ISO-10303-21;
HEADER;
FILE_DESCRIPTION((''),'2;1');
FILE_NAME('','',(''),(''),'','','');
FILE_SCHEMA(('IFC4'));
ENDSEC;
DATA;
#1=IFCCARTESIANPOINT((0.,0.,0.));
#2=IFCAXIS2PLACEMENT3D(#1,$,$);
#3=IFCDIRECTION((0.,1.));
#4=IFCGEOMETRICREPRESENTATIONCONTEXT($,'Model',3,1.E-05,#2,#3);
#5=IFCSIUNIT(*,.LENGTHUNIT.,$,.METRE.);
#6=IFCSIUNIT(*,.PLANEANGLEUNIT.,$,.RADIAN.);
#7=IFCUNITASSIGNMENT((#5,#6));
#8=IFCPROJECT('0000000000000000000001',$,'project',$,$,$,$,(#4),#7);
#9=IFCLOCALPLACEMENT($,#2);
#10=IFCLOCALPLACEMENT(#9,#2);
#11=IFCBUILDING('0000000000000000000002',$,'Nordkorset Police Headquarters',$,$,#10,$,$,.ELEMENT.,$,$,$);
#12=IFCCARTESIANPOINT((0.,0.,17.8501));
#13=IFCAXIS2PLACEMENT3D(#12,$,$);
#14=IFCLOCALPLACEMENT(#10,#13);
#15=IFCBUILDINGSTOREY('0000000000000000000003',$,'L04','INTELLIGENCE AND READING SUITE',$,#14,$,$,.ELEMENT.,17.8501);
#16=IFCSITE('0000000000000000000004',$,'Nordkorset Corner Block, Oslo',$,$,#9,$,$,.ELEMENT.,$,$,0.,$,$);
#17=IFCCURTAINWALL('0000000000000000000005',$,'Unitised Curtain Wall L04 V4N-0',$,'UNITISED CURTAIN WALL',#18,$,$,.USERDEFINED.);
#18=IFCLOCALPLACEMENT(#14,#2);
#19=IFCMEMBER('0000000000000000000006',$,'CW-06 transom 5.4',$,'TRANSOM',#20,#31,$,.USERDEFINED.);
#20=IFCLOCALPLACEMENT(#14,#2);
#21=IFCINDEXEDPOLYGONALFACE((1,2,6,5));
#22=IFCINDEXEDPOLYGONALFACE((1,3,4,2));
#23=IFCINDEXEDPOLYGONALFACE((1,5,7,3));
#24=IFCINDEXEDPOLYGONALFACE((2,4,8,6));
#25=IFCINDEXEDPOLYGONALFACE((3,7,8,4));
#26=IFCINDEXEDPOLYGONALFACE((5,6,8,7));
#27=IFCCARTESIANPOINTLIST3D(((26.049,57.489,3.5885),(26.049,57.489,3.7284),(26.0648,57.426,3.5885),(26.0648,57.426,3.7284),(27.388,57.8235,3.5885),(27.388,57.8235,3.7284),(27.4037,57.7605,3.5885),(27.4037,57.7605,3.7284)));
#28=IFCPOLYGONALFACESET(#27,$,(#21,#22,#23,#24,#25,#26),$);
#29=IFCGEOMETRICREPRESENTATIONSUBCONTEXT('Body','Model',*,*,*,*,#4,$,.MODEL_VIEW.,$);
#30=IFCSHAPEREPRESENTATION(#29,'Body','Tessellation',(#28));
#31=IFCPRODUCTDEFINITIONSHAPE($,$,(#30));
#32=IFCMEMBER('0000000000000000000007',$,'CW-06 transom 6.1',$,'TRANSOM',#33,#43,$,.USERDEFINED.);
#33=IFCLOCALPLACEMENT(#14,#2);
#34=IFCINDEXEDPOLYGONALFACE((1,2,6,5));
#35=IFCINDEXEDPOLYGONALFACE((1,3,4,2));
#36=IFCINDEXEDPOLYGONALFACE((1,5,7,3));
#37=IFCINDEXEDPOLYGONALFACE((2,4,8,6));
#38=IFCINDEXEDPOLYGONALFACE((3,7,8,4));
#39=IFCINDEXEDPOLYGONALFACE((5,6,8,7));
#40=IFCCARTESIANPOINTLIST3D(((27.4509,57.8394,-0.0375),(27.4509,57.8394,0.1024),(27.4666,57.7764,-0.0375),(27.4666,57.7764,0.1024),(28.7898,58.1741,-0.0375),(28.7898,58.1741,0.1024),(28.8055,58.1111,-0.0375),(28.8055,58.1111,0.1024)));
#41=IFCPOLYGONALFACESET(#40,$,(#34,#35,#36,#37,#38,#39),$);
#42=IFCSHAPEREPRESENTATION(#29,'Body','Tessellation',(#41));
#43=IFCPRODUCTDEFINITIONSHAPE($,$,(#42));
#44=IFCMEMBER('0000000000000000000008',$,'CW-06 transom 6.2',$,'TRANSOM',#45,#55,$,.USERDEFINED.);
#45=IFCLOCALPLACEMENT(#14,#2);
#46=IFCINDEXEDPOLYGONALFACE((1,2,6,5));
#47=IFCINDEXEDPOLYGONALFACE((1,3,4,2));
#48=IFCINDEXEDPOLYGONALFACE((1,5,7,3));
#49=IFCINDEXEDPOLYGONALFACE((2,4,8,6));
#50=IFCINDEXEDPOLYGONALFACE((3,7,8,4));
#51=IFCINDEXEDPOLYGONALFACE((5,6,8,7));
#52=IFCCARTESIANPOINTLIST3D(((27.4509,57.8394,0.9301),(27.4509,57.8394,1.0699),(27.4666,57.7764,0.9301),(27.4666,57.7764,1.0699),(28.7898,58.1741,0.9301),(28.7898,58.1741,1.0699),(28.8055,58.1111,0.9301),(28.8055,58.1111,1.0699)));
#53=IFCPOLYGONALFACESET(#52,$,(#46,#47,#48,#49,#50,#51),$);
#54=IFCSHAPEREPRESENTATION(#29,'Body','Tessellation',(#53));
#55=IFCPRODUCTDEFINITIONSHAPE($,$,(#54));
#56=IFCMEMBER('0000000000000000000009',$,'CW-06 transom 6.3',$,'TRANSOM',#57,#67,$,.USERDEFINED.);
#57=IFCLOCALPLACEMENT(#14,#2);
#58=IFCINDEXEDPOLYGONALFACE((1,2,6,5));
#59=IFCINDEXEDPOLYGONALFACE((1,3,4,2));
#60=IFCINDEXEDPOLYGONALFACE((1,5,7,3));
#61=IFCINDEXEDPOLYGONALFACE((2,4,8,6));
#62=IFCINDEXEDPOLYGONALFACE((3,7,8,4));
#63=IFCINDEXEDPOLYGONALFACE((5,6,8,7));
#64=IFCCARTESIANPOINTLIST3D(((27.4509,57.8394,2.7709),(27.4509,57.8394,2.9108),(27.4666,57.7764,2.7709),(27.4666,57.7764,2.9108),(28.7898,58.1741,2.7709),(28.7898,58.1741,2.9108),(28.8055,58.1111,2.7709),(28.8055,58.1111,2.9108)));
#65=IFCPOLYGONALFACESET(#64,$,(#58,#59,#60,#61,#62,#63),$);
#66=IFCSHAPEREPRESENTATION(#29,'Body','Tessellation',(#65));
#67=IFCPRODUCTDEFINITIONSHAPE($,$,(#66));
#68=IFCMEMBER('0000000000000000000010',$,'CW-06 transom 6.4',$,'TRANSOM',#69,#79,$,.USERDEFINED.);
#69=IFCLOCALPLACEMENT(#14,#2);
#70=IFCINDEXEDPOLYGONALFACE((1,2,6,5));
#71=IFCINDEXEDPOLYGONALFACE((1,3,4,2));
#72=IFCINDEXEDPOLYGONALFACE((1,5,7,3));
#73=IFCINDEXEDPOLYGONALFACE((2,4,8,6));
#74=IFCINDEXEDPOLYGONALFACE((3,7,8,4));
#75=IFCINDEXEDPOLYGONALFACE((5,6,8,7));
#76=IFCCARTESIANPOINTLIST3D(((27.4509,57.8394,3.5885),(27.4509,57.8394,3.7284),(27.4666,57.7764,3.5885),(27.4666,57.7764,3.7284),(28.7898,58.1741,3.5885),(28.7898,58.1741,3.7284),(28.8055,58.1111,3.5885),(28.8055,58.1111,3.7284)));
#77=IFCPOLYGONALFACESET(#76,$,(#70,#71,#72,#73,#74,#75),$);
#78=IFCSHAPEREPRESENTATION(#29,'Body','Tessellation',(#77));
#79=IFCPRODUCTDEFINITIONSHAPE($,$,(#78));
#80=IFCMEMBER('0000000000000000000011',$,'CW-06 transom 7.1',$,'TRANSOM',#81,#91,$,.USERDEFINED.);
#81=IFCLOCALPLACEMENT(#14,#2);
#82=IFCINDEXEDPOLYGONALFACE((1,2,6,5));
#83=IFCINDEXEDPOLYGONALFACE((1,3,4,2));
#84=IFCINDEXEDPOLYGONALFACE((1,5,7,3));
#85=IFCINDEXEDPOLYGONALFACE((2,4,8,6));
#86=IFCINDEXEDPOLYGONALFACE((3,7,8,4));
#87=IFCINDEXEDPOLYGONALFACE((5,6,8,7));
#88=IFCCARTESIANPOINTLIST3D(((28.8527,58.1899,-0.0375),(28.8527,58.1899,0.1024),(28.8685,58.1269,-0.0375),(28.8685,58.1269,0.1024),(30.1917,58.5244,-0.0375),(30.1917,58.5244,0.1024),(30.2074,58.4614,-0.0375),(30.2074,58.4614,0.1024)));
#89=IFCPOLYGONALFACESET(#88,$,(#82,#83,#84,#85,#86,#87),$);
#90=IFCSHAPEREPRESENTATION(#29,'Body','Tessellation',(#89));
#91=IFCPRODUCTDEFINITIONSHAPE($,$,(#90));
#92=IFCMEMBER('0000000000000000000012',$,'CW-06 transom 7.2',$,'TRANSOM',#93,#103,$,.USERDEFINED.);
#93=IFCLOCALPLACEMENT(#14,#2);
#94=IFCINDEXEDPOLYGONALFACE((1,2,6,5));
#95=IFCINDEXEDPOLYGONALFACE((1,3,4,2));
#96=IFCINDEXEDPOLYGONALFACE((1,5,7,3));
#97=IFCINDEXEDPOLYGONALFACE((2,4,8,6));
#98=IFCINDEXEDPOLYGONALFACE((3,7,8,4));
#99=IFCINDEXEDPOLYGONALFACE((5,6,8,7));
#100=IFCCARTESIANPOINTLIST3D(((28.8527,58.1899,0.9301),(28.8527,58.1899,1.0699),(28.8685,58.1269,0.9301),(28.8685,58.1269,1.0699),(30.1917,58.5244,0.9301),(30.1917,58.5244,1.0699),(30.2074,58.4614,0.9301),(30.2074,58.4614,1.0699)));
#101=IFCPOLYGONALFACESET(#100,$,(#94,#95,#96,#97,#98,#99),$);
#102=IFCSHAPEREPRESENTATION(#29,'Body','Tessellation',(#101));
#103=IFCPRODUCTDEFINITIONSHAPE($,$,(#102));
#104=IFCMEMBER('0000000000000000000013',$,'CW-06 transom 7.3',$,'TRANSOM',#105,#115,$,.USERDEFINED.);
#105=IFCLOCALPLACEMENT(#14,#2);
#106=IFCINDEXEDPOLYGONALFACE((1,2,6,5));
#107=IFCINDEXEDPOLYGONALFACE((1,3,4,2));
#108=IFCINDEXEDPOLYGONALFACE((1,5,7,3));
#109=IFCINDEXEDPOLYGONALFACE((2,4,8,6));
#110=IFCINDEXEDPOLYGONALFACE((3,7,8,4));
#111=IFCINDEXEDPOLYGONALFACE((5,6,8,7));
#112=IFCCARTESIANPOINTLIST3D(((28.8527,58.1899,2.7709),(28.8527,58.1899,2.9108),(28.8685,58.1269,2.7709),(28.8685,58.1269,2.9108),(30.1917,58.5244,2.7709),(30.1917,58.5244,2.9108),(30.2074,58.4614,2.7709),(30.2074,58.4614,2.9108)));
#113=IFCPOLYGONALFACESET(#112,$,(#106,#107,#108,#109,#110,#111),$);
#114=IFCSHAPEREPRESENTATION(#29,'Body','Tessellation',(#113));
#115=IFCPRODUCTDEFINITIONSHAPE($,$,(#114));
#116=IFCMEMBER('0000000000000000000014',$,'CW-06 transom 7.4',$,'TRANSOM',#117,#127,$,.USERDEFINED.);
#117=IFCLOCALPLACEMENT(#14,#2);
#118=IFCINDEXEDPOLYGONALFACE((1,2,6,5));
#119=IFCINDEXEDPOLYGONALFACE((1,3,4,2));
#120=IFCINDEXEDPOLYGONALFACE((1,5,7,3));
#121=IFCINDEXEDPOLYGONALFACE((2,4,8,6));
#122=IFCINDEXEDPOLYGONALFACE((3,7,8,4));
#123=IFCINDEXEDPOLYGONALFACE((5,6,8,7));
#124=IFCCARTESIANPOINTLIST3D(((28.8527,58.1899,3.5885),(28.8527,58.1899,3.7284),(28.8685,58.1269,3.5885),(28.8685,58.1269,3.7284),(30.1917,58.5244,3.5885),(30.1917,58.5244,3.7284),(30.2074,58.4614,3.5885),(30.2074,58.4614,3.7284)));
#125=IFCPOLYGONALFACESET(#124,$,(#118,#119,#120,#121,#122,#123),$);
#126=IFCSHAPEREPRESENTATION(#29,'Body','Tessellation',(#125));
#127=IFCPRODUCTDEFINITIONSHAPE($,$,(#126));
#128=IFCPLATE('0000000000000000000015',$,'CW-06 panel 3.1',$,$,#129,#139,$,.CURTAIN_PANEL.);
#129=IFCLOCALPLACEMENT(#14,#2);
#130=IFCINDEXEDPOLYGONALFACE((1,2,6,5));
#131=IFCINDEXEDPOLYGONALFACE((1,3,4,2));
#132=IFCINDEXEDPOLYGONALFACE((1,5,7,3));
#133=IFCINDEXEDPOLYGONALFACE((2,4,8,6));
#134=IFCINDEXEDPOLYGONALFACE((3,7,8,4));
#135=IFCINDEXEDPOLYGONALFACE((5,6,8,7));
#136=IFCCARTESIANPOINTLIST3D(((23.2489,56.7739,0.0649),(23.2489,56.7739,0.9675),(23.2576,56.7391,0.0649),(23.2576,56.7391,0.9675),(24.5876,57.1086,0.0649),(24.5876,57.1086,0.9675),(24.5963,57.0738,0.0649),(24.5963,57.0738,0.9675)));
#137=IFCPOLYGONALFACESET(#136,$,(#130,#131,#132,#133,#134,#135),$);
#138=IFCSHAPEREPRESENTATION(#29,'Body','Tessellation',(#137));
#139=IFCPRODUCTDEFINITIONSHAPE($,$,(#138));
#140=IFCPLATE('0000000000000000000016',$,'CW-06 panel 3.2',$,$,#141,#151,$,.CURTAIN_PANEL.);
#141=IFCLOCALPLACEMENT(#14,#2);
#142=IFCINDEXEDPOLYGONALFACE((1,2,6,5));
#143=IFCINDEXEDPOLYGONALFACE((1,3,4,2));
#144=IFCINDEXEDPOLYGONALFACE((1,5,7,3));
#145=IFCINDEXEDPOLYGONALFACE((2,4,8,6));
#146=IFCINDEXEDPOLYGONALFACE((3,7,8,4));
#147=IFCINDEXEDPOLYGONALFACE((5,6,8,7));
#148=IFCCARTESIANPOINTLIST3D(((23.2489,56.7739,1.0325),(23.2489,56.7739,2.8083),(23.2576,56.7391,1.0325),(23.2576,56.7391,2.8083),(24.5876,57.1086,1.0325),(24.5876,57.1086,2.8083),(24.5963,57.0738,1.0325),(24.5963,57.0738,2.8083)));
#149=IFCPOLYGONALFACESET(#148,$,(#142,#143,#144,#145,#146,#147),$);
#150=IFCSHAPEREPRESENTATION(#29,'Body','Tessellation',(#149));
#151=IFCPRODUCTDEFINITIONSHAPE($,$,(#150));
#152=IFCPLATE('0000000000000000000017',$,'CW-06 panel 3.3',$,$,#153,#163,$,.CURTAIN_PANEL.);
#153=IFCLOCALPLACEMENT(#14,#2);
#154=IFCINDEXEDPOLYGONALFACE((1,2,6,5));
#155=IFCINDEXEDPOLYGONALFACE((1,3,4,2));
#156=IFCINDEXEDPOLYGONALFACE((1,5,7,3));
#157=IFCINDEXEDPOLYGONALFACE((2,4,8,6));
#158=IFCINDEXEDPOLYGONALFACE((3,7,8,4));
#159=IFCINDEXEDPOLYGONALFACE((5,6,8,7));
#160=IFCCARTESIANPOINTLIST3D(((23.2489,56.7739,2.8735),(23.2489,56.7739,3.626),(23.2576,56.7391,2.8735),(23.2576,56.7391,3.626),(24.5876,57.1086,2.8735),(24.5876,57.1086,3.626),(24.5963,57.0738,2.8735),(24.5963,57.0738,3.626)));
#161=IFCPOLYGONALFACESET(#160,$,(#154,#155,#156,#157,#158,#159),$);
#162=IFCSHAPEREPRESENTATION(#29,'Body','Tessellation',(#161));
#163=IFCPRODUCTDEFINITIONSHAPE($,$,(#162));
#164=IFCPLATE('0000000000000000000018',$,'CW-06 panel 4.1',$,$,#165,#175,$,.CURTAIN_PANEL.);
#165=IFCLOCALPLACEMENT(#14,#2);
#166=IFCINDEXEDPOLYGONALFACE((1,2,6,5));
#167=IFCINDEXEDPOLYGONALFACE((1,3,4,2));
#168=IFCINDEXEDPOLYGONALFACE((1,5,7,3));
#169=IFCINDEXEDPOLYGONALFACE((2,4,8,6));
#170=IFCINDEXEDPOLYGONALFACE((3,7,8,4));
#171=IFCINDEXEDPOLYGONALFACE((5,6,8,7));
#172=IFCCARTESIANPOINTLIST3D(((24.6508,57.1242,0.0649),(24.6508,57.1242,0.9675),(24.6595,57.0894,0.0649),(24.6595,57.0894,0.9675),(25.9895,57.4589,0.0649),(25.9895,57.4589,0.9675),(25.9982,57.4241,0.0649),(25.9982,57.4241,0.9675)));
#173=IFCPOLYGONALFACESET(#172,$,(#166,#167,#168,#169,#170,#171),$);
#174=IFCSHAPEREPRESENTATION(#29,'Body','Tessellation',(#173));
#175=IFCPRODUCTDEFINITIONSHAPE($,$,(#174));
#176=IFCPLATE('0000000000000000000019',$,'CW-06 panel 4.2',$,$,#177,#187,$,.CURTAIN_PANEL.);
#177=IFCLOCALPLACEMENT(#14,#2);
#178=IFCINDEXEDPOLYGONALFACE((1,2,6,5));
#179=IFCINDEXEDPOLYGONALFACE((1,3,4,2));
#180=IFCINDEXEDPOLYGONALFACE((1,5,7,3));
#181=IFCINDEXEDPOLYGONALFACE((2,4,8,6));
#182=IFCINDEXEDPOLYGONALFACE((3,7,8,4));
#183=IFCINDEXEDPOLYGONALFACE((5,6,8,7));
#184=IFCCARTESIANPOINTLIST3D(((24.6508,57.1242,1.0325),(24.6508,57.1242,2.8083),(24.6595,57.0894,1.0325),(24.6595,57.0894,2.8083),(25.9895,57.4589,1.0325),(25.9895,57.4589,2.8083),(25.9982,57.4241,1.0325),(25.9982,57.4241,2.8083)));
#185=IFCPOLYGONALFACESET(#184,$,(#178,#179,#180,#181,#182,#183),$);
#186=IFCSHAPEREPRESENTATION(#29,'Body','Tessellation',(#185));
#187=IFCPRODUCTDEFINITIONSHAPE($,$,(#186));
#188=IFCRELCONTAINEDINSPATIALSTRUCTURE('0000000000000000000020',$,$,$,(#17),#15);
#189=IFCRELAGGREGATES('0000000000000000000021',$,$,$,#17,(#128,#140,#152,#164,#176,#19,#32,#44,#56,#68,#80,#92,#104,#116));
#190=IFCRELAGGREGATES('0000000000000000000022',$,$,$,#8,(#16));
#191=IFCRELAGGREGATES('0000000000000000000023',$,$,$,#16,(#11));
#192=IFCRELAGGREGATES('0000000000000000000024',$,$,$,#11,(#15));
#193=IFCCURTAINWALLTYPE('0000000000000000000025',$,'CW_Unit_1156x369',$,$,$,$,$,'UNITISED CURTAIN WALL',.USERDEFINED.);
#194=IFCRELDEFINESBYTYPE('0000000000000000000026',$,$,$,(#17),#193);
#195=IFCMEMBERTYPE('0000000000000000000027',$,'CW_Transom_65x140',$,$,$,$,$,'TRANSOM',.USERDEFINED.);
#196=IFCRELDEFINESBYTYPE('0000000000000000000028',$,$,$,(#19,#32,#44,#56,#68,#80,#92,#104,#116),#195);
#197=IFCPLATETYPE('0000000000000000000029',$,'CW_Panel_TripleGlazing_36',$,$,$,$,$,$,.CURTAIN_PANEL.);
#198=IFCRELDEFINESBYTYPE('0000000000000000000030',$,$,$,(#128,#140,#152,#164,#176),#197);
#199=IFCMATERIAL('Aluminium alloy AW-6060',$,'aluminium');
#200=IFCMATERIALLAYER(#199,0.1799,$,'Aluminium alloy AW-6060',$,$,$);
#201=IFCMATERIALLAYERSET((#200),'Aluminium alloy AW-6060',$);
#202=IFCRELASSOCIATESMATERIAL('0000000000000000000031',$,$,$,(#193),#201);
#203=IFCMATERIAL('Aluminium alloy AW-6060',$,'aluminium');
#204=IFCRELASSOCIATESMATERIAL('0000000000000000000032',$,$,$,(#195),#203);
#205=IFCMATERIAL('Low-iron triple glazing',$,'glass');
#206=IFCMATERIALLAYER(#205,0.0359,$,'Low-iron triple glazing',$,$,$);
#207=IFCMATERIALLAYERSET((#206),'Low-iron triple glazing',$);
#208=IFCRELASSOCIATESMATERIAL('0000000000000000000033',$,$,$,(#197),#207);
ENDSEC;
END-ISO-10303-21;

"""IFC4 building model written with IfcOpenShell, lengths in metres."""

from ifc_helpers import new_model, si_unit, direction, frame, origin, origin_2d, place, context, subcontext, project, spatial, rectangle, extrude, material, layer, layer_set, material_profile, profile_set, type_object, element, aggregate, save


model = new_model("IFC4")

# Units and contexts
model_context = context("Model", 3, precision=1e-05, world=origin(), true_north=direction((0.0, 1.0)))
body_context = subcontext(model_context, "Body", "Model", "MODEL_VIEW")
ifc_project = project(units=[si_unit("LENGTHUNIT", "METRE"), si_unit("PLANEANGLEUNIT", "RADIAN")], contexts=[model_context])

# Site, building, storey
site_placement = place(None, origin())
site = spatial("IfcSite", under=ifc_project, at=site_placement, Name="Nordkorset Corner Block, Oslo", CompositionType="ELEMENT", RefElevation=0.0)
building_placement = place(site_placement, origin())
building = spatial("IfcBuilding", under=site, at=building_placement, Name="Nordkorset Police Headquarters", CompositionType="ELEMENT")
storey_placement = place(building_placement, frame((0.0, 0.0, 17.8501)))
storey = spatial("IfcBuildingStorey", under=building, at=storey_placement, Name="L04", Description="INTELLIGENCE AND READING SUITE", CompositionType="ELEMENT", Elevation=17.8501)

# Curtain wall, members, plates
ifc_material_1 = material(Name="Aluminium alloy AW-6060", Category="aluminium")
ifc_layer_1 = layer(ifc_material_1, 0.1799, Name="Aluminium alloy AW-6060")
ifc_layer_set_1 = layer_set([ifc_layer_1], Name="Aluminium alloy AW-6060")
curtain_wall_type = type_object("IfcCurtainWallType", Name="CW_Unit_1156x369", ElementType="UNITISED CURTAIN WALL", PredefinedType="USERDEFINED", material=ifc_layer_set_1)
curtain_wall_placement = place(storey_placement, origin())
curtain_wall = element("IfcCurtainWall", 1, at=curtain_wall_placement, inside=storey, type_object=curtain_wall_type, Name="Unitised Curtain Wall L04 V4N-0", ObjectType="UNITISED CURTAIN WALL", PredefinedType="USERDEFINED")
ifc_material_2 = material(Name="Aluminium alloy AW-6060", Category="aluminium")
ifc_material_profile_1 = material_profile(ifc_material_2, rectangle(XDim=0.0649, YDim=0.1399, at=origin_2d()), Name="ALU TRAN 65x140")
ifc_profile_set_1 = profile_set([ifc_material_profile_1], Name="Aluminium alloy AW-6060")
member_type_1 = type_object("IfcMemberType", Name="CW_Transom_65x140", ElementType="TRANSOM", PredefinedType="USERDEFINED", material=ifc_profile_set_1)
member_1_placement = place(storey_placement, frame((26.0569, 57.4575, 3.6584), z_axis=(0.970184, 0.242369, 0.0), x_axis=(-0.242369, 0.970184, 0.0)))
member_1 = element("IfcMember", 2, at=member_1_placement, type_object=member_type_1, Name="CW-06 transom 5.4", ObjectType="TRANSOM", PredefinedType="USERDEFINED", context=body_context, shape_type="SweptSolid", body=[
    extrude(rectangle(XDim=0.0649, YDim=0.1399, at=origin_2d()), origin(), (0.0, 0.0, 1.0), 1.3801),
])
member_2_placement = place(storey_placement, frame((27.4587, 57.8079, 0.0325), z_axis=(0.970143, 0.242536, 0.0), x_axis=(-0.242536, 0.970143, 0.0)))
member_2 = element("IfcMember", 3, at=member_2_placement, type_object=member_type_1, Name="CW-06 transom 6.1", ObjectType="TRANSOM", PredefinedType="USERDEFINED", context=body_context, shape_type="SweptSolid", body=[
    extrude(rectangle(XDim=0.0649, YDim=0.1399, at=origin_2d()), origin(), (0.0, 0.0, 1.0), 1.3801),
])
member_3_placement = place(storey_placement, frame((27.4587, 57.8079, 1.0), z_axis=(0.970143, 0.242536, 0.0), x_axis=(-0.242536, 0.970143, 0.0)))
member_3 = element("IfcMember", 4, at=member_3_placement, type_object=member_type_1, Name="CW-06 transom 6.2", ObjectType="TRANSOM", PredefinedType="USERDEFINED", context=body_context, shape_type="SweptSolid", body=[
    extrude(rectangle(XDim=0.0649, YDim=0.1399, at=origin_2d()), origin(), (0.0, 0.0, 1.0), 1.3801),
])
member_4_placement = place(storey_placement, frame((27.4587, 57.8079, 2.8408), z_axis=(0.970143, 0.242536, 0.0), x_axis=(-0.242536, 0.970143, 0.0)))
member_4 = element("IfcMember", 5, at=member_4_placement, type_object=member_type_1, Name="CW-06 transom 6.3", ObjectType="TRANSOM", PredefinedType="USERDEFINED", context=body_context, shape_type="SweptSolid", body=[
    extrude(rectangle(XDim=0.0649, YDim=0.1399, at=origin_2d()), origin(), (0.0, 0.0, 1.0), 1.3801),
])
member_5_placement = place(storey_placement, frame((27.4587, 57.8079, 3.6584), z_axis=(0.970143, 0.242536, 0.0), x_axis=(-0.242536, 0.970143, 0.0)))
member_5 = element("IfcMember", 6, at=member_5_placement, type_object=member_type_1, Name="CW-06 transom 6.4", ObjectType="TRANSOM", PredefinedType="USERDEFINED", context=body_context, shape_type="SweptSolid", body=[
    extrude(rectangle(XDim=0.0649, YDim=0.1399, at=origin_2d()), origin(), (0.0, 0.0, 1.0), 1.3801),
])
member_6_placement = place(storey_placement, frame((28.8606, 58.1584, 0.0325), z_axis=(0.970184, 0.242369, 0.0), x_axis=(-0.242369, 0.970184, 0.0)))
member_6 = element("IfcMember", 7, at=member_6_placement, type_object=member_type_1, Name="CW-06 transom 7.1", ObjectType="TRANSOM", PredefinedType="USERDEFINED", context=body_context, shape_type="SweptSolid", body=[
    extrude(rectangle(XDim=0.0649, YDim=0.1399, at=origin_2d()), origin(), (0.0, 0.0, 1.0), 1.3801),
])
member_7_placement = place(storey_placement, frame((28.8606, 58.1584, 1.0), z_axis=(0.970184, 0.242369, 0.0), x_axis=(-0.242369, 0.970184, 0.0)))
member_7 = element("IfcMember", 8, at=member_7_placement, type_object=member_type_1, Name="CW-06 transom 7.2", ObjectType="TRANSOM", PredefinedType="USERDEFINED", context=body_context, shape_type="SweptSolid", body=[
    extrude(rectangle(XDim=0.0649, YDim=0.1399, at=origin_2d()), origin(), (0.0, 0.0, 1.0), 1.3801),
])
member_8_placement = place(storey_placement, frame((28.8606, 58.1584, 2.8408), z_axis=(0.970184, 0.242369, 0.0), x_axis=(-0.242369, 0.970184, 0.0)))
member_8 = element("IfcMember", 9, at=member_8_placement, type_object=member_type_1, Name="CW-06 transom 7.3", ObjectType="TRANSOM", PredefinedType="USERDEFINED", context=body_context, shape_type="SweptSolid", body=[
    extrude(rectangle(XDim=0.0649, YDim=0.1399, at=origin_2d()), origin(), (0.0, 0.0, 1.0), 1.3801),
])
member_9_placement = place(storey_placement, frame((28.8606, 58.1584, 3.6584), z_axis=(0.970184, 0.242369, 0.0), x_axis=(-0.242369, 0.970184, 0.0)))
member_9 = element("IfcMember", 10, at=member_9_placement, type_object=member_type_1, Name="CW-06 transom 7.4", ObjectType="TRANSOM", PredefinedType="USERDEFINED", context=body_context, shape_type="SweptSolid", body=[
    extrude(rectangle(XDim=0.0649, YDim=0.1399, at=origin_2d()), origin(), (0.0, 0.0, 1.0), 1.3801),
])
ifc_material_3 = material(Name="Low-iron triple glazing", Category="glass")
ifc_layer_2 = layer(ifc_material_3, 0.0359, Name="Low-iron triple glazing")
ifc_layer_set_2 = layer_set([ifc_layer_2], Name="Low-iron triple glazing")
plate_type = type_object("IfcPlateType", Name="CW_Panel_TripleGlazing_36", PredefinedType="CURTAIN_PANEL", material=ifc_layer_set_2)
plate_1_placement = place(storey_placement, frame((23.9226, 56.9238, 0.0649), z_axis=(0.0, 0.0, 1.0), x_axis=(0.970142, 0.242536, 0.0)))
plate_1 = element("IfcPlate", 11, at=plate_1_placement, type_object=plate_type, Name="CW-06 panel 3.1", PredefinedType="CURTAIN_PANEL", context=body_context, shape_type="SweptSolid", body=[
    extrude(rectangle(XDim=1.3799, YDim=0.0359, at=origin_2d()), origin(), (0.0, 0.0, 1.0), 0.9026),
])
plate_2_placement = place(storey_placement, frame((23.9226, 56.9238, 1.0325), z_axis=(0.0, 0.0, 1.0), x_axis=(0.970142, 0.242536, 0.0)))
plate_2 = element("IfcPlate", 12, at=plate_2_placement, type_object=plate_type, Name="CW-06 panel 3.2", PredefinedType="CURTAIN_PANEL", context=body_context, shape_type="SweptSolid", body=[
    extrude(rectangle(XDim=1.3799, YDim=0.0359, at=origin_2d()), origin(), (0.0, 0.0, 1.0), 1.7759),
])
plate_3_placement = place(storey_placement, frame((23.9226, 56.9238, 2.8735), z_axis=(0.0, 0.0, 1.0), x_axis=(0.970142, 0.242536, 0.0)))
plate_3 = element("IfcPlate", 13, at=plate_3_placement, type_object=plate_type, Name="CW-06 panel 3.3", PredefinedType="CURTAIN_PANEL", context=body_context, shape_type="SweptSolid", body=[
    extrude(rectangle(XDim=1.3799, YDim=0.0359, at=origin_2d()), origin(), (0.0, 0.0, 1.0), 0.7524),
])
plate_4_placement = place(storey_placement, frame((25.3245, 57.2742, 0.0649), z_axis=(0.0, 0.0, 1.0), x_axis=(0.970142, 0.242536, 0.0)))
plate_4 = element("IfcPlate", 14, at=plate_4_placement, type_object=plate_type, Name="CW-06 panel 4.1", PredefinedType="CURTAIN_PANEL", context=body_context, shape_type="SweptSolid", body=[
    extrude(rectangle(XDim=1.3799, YDim=0.0359, at=origin_2d()), origin(), (0.0, 0.0, 1.0), 0.9026),
])
plate_5_placement = place(storey_placement, frame((25.3245, 57.2742, 1.0325), z_axis=(0.0, 0.0, 1.0), x_axis=(0.970142, 0.242536, 0.0)))
plate_5 = element("IfcPlate", 15, at=plate_5_placement, type_object=plate_type, Name="CW-06 panel 4.2", PredefinedType="CURTAIN_PANEL", context=body_context, shape_type="SweptSolid", body=[
    extrude(rectangle(XDim=1.3799, YDim=0.0359, at=origin_2d()), origin(), (0.0, 0.0, 1.0), 1.7759),
])
aggregate(curtain_wall, [plate_1, plate_2, plate_3, plate_4, plate_5, member_1, member_2, member_3, member_4, member_5, member_6, member_7, member_8, member_9])

save(model, "model.ifc")
